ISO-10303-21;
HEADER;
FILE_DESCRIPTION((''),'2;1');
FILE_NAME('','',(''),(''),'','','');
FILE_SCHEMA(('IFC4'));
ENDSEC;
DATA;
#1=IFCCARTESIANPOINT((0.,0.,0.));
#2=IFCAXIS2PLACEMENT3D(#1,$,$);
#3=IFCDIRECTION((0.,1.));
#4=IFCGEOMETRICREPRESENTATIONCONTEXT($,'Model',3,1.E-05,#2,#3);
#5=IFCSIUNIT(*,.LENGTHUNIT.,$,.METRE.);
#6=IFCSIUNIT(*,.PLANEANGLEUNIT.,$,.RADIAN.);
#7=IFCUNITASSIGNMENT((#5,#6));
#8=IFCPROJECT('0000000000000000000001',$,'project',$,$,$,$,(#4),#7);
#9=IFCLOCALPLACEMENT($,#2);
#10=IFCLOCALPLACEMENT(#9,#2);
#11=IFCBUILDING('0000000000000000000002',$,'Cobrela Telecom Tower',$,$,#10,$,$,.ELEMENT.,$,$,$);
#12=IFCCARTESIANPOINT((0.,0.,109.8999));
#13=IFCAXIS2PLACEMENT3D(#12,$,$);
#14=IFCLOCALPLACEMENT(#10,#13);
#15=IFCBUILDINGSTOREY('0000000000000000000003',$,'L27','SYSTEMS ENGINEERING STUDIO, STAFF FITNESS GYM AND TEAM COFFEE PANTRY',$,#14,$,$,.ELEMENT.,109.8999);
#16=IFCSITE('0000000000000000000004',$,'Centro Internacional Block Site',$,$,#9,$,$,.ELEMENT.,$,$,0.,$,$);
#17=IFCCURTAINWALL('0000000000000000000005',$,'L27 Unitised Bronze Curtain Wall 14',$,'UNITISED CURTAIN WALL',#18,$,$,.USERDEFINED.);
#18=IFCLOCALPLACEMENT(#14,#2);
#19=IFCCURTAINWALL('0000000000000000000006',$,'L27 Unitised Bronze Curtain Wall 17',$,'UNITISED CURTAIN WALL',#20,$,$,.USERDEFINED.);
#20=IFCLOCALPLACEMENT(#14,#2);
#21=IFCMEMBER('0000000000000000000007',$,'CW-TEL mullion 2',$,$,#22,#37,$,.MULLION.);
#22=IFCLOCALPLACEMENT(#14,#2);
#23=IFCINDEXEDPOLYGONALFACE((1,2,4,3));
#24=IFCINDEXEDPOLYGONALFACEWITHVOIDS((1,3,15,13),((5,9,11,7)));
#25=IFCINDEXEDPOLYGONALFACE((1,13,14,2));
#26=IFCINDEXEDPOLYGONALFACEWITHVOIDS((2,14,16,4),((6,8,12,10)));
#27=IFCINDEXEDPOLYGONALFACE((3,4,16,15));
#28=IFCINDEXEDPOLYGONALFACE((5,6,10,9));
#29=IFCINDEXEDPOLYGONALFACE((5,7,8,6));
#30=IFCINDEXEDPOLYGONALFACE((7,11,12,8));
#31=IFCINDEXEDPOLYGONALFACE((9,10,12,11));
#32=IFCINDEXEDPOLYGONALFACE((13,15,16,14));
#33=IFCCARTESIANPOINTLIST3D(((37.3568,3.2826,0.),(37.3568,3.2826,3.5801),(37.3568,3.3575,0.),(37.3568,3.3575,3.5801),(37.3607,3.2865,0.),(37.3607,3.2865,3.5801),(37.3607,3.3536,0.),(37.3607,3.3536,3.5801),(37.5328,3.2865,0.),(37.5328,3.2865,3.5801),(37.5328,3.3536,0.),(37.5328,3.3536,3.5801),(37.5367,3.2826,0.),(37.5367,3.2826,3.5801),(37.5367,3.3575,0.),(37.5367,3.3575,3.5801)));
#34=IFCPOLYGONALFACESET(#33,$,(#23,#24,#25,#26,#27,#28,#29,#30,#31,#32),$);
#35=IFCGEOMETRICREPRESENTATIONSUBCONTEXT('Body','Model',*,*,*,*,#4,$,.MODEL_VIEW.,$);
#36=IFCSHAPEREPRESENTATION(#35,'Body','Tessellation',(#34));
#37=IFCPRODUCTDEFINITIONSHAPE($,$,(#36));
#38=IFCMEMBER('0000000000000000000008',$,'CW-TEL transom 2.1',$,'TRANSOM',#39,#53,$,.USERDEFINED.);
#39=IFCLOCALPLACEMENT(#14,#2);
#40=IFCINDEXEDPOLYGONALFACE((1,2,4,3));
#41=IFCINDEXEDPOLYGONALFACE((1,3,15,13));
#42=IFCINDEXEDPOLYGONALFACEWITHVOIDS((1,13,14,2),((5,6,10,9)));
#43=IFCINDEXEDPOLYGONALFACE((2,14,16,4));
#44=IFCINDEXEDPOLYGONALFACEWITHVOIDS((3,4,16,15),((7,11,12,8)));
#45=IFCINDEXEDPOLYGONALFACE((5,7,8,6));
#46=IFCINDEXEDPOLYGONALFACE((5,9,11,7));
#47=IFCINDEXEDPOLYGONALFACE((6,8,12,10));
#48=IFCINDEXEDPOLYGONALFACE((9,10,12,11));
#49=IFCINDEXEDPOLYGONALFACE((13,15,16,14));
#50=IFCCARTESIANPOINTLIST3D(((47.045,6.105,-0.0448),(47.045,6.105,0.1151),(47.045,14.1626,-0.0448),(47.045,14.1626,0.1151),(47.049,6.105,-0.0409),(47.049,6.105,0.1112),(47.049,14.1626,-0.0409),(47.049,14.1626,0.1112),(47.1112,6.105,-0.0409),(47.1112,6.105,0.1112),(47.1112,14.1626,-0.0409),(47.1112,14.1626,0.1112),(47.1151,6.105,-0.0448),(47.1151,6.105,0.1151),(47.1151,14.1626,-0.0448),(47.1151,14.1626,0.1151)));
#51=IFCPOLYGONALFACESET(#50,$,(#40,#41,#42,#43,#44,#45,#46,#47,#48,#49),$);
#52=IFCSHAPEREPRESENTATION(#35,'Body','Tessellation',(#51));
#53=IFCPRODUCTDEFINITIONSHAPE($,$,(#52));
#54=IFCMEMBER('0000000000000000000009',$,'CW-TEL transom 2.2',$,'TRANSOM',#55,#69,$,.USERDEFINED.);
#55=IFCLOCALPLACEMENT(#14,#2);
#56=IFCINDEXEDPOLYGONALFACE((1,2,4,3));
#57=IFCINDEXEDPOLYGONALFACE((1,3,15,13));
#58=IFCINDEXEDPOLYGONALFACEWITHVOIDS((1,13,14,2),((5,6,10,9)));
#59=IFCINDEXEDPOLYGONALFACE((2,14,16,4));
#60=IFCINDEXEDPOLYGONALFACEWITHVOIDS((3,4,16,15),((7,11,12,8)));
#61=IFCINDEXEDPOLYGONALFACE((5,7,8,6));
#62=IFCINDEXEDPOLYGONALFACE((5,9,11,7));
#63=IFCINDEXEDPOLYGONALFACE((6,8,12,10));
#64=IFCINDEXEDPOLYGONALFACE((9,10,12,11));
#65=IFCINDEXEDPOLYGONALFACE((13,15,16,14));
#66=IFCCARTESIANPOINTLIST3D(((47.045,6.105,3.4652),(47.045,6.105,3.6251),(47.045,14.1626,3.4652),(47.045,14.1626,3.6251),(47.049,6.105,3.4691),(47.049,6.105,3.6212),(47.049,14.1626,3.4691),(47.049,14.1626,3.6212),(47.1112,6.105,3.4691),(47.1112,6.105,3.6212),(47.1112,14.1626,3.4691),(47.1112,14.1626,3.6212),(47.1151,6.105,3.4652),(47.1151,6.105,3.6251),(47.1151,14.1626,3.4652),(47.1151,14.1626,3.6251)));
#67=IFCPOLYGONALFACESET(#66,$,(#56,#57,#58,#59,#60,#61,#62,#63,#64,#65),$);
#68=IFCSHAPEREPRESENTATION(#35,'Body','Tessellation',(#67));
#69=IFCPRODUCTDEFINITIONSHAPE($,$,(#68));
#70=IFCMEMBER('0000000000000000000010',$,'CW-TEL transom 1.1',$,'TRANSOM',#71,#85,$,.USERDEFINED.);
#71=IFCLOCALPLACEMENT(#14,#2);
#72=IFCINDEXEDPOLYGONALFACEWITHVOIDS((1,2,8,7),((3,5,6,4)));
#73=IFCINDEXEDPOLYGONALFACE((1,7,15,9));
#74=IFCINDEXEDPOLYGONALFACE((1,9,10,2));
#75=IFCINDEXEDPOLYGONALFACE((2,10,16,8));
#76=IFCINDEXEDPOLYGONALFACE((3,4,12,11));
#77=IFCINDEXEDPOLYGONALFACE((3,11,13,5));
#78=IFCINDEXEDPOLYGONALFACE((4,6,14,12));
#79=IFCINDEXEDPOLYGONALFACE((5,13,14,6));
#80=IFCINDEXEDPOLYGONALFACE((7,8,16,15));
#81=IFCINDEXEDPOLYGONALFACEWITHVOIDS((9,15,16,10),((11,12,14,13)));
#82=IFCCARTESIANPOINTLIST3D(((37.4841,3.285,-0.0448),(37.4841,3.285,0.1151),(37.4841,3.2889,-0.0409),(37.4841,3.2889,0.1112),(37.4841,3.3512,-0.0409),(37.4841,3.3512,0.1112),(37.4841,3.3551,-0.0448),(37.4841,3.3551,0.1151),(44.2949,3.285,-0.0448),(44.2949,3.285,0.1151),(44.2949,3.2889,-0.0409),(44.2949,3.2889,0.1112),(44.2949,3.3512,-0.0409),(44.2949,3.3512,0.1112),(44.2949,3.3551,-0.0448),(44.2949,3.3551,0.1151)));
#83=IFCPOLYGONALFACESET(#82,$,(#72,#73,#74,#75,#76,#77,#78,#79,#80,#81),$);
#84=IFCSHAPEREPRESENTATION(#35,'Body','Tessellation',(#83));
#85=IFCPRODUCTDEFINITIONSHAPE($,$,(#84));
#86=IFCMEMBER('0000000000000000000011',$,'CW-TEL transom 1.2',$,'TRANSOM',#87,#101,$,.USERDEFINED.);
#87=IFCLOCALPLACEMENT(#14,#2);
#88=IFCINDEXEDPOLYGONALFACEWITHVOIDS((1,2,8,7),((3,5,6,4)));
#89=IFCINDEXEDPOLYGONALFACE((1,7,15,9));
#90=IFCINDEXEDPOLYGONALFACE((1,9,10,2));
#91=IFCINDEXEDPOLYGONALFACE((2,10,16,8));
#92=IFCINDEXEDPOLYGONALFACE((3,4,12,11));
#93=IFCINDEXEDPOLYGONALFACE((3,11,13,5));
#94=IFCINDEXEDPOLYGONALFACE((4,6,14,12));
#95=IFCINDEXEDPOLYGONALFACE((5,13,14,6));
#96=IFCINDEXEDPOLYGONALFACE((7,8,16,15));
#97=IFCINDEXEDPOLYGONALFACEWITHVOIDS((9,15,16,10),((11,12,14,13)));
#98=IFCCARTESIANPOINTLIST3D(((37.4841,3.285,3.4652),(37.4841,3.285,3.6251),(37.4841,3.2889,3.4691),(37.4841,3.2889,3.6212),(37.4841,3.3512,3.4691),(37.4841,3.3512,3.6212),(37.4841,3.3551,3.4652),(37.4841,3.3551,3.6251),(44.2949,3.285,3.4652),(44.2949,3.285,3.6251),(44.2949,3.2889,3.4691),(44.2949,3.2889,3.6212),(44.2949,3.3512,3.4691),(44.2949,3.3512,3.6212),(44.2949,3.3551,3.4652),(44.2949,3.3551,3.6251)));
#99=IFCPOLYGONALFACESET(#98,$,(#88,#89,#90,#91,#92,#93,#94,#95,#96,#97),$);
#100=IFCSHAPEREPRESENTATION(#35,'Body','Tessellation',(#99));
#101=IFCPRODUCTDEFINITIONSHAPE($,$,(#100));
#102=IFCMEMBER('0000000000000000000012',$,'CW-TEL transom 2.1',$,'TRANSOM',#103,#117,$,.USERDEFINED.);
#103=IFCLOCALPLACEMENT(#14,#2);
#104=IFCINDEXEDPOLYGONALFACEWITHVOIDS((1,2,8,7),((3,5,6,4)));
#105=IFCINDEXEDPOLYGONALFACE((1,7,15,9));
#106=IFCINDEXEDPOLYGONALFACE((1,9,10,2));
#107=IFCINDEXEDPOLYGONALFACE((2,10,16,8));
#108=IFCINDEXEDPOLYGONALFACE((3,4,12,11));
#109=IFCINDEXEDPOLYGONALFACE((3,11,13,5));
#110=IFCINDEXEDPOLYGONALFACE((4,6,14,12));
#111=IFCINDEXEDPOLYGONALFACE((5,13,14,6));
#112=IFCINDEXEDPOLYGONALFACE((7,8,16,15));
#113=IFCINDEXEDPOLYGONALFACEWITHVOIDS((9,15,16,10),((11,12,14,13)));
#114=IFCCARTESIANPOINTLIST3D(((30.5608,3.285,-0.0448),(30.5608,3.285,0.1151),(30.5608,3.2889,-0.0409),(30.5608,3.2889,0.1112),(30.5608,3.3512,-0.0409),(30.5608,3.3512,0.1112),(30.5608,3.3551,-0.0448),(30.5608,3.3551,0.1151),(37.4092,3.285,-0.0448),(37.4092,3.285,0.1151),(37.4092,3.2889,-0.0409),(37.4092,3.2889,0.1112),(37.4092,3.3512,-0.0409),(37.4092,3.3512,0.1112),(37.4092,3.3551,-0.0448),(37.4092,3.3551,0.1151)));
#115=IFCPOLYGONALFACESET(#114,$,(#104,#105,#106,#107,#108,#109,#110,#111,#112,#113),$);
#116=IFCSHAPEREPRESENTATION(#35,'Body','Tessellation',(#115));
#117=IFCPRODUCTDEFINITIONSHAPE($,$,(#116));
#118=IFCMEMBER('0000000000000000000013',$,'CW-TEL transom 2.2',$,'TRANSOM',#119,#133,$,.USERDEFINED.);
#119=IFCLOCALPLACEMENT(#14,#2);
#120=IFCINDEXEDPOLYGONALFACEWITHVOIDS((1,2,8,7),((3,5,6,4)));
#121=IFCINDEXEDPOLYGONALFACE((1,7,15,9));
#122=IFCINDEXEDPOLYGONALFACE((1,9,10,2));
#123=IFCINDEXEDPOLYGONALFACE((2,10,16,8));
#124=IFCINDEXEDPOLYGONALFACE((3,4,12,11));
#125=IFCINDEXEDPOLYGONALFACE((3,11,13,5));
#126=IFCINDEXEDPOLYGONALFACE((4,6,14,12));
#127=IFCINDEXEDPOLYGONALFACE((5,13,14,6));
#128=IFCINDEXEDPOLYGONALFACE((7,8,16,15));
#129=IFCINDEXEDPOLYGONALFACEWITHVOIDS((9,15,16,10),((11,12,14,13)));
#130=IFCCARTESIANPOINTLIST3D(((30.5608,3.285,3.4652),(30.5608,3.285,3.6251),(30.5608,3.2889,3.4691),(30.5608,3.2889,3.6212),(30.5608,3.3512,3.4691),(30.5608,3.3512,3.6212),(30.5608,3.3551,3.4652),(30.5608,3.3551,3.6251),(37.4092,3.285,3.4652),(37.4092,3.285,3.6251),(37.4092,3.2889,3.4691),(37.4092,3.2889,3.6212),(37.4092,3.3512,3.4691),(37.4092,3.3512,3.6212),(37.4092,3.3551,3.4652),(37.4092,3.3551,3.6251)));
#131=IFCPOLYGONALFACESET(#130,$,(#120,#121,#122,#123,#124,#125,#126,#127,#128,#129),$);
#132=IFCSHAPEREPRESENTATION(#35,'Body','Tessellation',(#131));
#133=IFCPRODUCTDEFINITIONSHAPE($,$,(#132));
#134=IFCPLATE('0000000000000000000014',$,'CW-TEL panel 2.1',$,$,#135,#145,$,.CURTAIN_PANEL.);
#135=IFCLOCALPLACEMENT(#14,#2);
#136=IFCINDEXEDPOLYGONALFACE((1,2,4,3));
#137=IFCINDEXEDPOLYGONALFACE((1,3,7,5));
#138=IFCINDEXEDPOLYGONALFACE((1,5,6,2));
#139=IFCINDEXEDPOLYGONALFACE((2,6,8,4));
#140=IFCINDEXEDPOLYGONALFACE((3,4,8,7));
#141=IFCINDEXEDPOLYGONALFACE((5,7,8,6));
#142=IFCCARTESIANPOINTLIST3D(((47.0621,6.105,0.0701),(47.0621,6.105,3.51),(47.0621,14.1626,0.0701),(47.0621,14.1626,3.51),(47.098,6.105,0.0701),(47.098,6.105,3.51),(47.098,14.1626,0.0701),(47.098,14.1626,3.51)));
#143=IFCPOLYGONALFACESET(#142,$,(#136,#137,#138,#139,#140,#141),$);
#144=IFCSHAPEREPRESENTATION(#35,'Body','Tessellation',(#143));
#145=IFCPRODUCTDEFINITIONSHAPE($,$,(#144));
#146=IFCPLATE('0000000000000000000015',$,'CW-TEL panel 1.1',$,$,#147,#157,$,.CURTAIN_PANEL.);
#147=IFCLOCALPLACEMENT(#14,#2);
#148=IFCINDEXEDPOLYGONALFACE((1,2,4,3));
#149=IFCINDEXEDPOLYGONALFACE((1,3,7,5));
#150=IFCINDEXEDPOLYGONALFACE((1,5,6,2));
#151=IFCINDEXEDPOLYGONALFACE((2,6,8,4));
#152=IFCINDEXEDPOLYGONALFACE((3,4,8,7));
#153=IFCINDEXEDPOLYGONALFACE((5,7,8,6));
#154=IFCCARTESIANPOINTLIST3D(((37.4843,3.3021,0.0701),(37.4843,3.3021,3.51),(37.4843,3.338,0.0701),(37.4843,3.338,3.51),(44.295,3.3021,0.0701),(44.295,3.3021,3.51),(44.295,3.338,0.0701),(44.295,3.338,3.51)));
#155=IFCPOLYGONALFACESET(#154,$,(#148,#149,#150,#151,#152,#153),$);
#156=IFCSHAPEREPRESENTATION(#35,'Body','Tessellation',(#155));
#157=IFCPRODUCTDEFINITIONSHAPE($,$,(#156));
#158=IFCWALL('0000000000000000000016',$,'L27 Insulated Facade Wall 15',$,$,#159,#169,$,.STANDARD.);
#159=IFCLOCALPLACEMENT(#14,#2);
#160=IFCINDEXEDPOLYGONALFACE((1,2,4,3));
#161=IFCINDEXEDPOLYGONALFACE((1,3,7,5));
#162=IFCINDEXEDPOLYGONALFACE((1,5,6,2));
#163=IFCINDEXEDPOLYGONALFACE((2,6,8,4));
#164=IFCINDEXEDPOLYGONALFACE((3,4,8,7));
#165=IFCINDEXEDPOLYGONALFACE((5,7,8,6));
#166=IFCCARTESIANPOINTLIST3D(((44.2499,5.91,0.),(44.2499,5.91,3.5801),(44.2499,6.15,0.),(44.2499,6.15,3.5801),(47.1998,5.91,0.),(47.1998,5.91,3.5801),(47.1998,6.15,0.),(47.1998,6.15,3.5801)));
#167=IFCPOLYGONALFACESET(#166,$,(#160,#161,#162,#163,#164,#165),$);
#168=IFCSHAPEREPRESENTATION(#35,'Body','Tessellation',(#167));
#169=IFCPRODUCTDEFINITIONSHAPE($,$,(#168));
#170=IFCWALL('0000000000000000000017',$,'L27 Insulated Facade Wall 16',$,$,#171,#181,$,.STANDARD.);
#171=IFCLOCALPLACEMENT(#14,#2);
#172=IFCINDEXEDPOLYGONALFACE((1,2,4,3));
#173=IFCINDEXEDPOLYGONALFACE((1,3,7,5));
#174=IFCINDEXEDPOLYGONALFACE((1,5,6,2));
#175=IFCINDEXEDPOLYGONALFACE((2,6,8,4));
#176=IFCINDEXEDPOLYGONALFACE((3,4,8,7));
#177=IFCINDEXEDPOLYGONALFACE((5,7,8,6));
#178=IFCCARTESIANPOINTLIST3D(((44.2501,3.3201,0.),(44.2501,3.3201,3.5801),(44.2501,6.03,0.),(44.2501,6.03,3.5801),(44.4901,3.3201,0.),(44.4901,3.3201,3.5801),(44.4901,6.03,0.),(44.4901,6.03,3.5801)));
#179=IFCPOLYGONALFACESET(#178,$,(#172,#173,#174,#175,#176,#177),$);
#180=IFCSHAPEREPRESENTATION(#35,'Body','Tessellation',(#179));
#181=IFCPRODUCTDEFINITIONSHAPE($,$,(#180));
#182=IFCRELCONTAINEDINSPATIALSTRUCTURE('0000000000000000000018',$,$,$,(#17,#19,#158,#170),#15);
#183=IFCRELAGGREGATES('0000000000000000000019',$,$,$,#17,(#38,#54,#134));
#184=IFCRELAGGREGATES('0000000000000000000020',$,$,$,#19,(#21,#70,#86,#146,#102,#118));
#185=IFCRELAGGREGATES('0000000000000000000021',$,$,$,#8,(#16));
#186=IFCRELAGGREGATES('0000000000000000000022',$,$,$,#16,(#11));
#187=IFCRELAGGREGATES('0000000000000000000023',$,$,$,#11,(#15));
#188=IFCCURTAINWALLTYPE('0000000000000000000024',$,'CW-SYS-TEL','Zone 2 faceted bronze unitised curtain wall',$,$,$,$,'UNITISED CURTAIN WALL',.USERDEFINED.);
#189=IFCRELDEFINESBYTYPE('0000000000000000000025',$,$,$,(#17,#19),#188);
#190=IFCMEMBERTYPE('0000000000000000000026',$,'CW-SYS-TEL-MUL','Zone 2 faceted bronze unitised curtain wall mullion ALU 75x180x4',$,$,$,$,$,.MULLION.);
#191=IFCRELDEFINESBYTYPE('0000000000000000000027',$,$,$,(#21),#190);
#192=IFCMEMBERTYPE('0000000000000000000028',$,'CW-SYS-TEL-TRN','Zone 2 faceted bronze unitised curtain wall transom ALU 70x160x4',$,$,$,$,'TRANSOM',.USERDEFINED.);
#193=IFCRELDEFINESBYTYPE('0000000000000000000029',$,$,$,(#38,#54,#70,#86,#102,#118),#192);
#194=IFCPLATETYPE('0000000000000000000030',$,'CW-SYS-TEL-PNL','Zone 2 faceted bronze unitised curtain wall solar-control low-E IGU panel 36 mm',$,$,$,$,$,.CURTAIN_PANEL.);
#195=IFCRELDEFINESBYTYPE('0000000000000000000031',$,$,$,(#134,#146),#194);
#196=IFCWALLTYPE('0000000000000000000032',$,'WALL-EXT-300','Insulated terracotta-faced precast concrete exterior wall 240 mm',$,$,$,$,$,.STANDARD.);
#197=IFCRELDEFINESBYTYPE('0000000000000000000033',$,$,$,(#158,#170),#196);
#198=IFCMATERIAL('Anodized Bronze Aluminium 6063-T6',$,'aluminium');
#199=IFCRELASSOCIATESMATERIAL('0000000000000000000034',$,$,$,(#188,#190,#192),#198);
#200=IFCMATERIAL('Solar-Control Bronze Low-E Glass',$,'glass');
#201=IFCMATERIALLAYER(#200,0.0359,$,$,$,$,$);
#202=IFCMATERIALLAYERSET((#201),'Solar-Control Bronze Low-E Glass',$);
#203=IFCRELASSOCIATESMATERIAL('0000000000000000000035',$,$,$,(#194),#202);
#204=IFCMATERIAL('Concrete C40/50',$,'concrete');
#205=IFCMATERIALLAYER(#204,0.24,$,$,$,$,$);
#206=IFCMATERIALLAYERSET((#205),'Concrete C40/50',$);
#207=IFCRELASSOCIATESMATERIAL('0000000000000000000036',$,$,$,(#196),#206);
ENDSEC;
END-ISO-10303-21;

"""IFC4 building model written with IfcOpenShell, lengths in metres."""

from ifc_helpers import new_model, si_unit, direction, frame, frame_2d, origin, origin_2d, place, context, subcontext, project, spatial, rectangle, hollow_rectangle, extrude, material, layer, layer_set, material_profile, profile_set, type_object, element, aggregate, save


model = new_model("IFC4")

# Units and contexts
model_context = context("Model", 3, precision=1e-05, world=origin(), true_north=direction((0.0, 1.0)))
body_context = subcontext(model_context, "Body", "Model", "MODEL_VIEW")
ifc_project = project(units=[si_unit("LENGTHUNIT", "METRE"), si_unit("PLANEANGLEUNIT", "RADIAN")], contexts=[model_context])

# Site, building, storey
site_placement = place(None, origin())
site = spatial("IfcSite", under=ifc_project, at=site_placement, Name="Centro Internacional Block Site", CompositionType="ELEMENT", RefElevation=0.0)
building_placement = place(site_placement, origin())
building = spatial("IfcBuilding", under=site, at=building_placement, Name="Cobrela Telecom Tower", CompositionType="ELEMENT")
storey_placement = place(building_placement, frame((0.0, 0.0, 109.8999)))
storey = spatial("IfcBuildingStorey", under=building, at=storey_placement, Name="L27", Description="SYSTEMS ENGINEERING STUDIO, STAFF FITNESS GYM AND TEAM COFFEE PANTRY", CompositionType="ELEMENT", Elevation=109.8999)

# Curtain walls, member
ifc_material_1 = material(Name="Anodized Bronze Aluminium 6063-T6", Category="aluminium")
curtain_wall_type = type_object("IfcCurtainWallType", Name="CW-SYS-TEL", Description="Zone 2 faceted bronze unitised curtain wall", ElementType="UNITISED CURTAIN WALL", PredefinedType="USERDEFINED", material=ifc_material_1)
curtain_wall_1_placement = place(storey_placement, origin())
curtain_wall_1 = element("IfcCurtainWall", 1, at=curtain_wall_1_placement, inside=storey, type_object=curtain_wall_type, Name="L27 Unitised Bronze Curtain Wall 14", ObjectType="UNITISED CURTAIN WALL", PredefinedType="USERDEFINED")
ifc_material_profile_1 = material_profile(ifc_material_1, hollow_rectangle(XDim=0.075, YDim=0.1799, WallThickness=0.0039, at=origin_2d()), Name="ALU 75x180x4")
ifc_profile_set_1 = profile_set([ifc_material_profile_1], Name="Anodized Bronze Aluminium 6063-T6")
member_type_1 = type_object("IfcMemberType", Name="CW-SYS-TEL-MUL", Description="Zone 2 faceted bronze unitised curtain wall mullion ALU 75x180x4", PredefinedType="MULLION", material=ifc_profile_set_1)
curtain_wall_2_placement = place(storey_placement, origin())
curtain_wall_2 = element("IfcCurtainWall", 2, at=curtain_wall_2_placement, inside=storey, type_object=curtain_wall_type, Name="L27 Unitised Bronze Curtain Wall 17", ObjectType="UNITISED CURTAIN WALL", PredefinedType="USERDEFINED")
member_1_placement = place(storey_placement, frame((37.4468, 3.3201, 0.0), z_axis=(0.0, 0.0, 1.0), x_axis=(0.0, -1.0, 0.0)))
member_1 = element("IfcMember", 3, at=member_1_placement, type_object=member_type_1, Name="CW-TEL mullion 2", PredefinedType="MULLION", context=body_context, shape_type="SweptSolid", body=[
    extrude(hollow_rectangle(XDim=0.075, YDim=0.1799, WallThickness=0.0039, at=origin_2d()), origin(), (0.0, 0.0, 1.0), 3.5801),
])

# Members
ifc_material_profile_2 = material_profile(ifc_material_1, hollow_rectangle(XDim=0.0701, YDim=0.1599, WallThickness=0.0039, at=origin_2d()), Name="ALU 70x160x4")
ifc_profile_set_2 = profile_set([ifc_material_profile_2], Name="Anodized Bronze Aluminium 6063-T6")
member_type_2 = type_object("IfcMemberType", Name="CW-SYS-TEL-TRN", Description="Zone 2 faceted bronze unitised curtain wall transom ALU 70x160x4", ElementType="TRANSOM", PredefinedType="USERDEFINED", material=ifc_profile_set_2)
member_2_placement = place(storey_placement, frame((47.0801, 14.1626, 0.0352), z_axis=(0.0, -1.0, 0.0), x_axis=(1.0, 0.0, 0.0)))
member_2 = element("IfcMember", 4, at=member_2_placement, type_object=member_type_2, Name="CW-TEL transom 2.1", ObjectType="TRANSOM", PredefinedType="USERDEFINED", context=body_context, shape_type="SweptSolid", body=[
    extrude(hollow_rectangle(XDim=0.0701, YDim=0.1599, WallThickness=0.0039, at=origin_2d()), origin(), (0.0, 0.0, 1.0), 8.0576),
])
member_3_placement = place(storey_placement, frame((47.0801, 14.1626, 3.5452), z_axis=(0.0, -1.0, 0.0), x_axis=(1.0, 0.0, 0.0)))
member_3 = element("IfcMember", 5, at=member_3_placement, type_object=member_type_2, Name="CW-TEL transom 2.2", ObjectType="TRANSOM", PredefinedType="USERDEFINED", context=body_context, shape_type="SweptSolid", body=[
    extrude(hollow_rectangle(XDim=0.0701, YDim=0.1599, WallThickness=0.0039, at=origin_2d()), origin(), (0.0, 0.0, 1.0), 8.0576),
])
member_4_placement = place(storey_placement, frame((44.2949, 3.3201, 0.0352), z_axis=(-1.0, 0.0, 0.0), x_axis=(0.0, -1.0, 0.0)))
member_4 = element("IfcMember", 6, at=member_4_placement, type_object=member_type_2, Name="CW-TEL transom 1.1", ObjectType="TRANSOM", PredefinedType="USERDEFINED", context=body_context, shape_type="SweptSolid", body=[
    extrude(hollow_rectangle(XDim=0.0701, YDim=0.1599, WallThickness=0.0039, at=origin_2d()), origin(), (0.0, 0.0, 1.0), 6.8108),
])
member_5_placement = place(storey_placement, frame((44.2949, 3.3201, 3.5452), z_axis=(-1.0, 0.0, 0.0), x_axis=(0.0, -1.0, 0.0)))
member_5 = element("IfcMember", 7, at=member_5_placement, type_object=member_type_2, Name="CW-TEL transom 1.2", ObjectType="TRANSOM", PredefinedType="USERDEFINED", context=body_context, shape_type="SweptSolid", body=[
    extrude(hollow_rectangle(XDim=0.0701, YDim=0.1599, WallThickness=0.0039, at=origin_2d()), origin(), (0.0, 0.0, 1.0), 6.8108),
])
member_6_placement = place(storey_placement, frame((37.4092, 3.3201, 0.0352), z_axis=(-1.0, 0.0, 0.0), x_axis=(0.0, -1.0, 0.0)))
member_6 = element("IfcMember", 8, at=member_6_placement, type_object=member_type_2, Name="CW-TEL transom 2.1", ObjectType="TRANSOM", PredefinedType="USERDEFINED", context=body_context, shape_type="SweptSolid", body=[
    extrude(hollow_rectangle(XDim=0.0701, YDim=0.1599, WallThickness=0.0039, at=origin_2d()), origin(), (0.0, 0.0, 1.0), 6.8484),
])
member_7_placement = place(storey_placement, frame((37.4092, 3.3201, 3.5452), z_axis=(-1.0, 0.0, 0.0), x_axis=(0.0, -1.0, 0.0)))
member_7 = element("IfcMember", 9, at=member_7_placement, type_object=member_type_2, Name="CW-TEL transom 2.2", ObjectType="TRANSOM", PredefinedType="USERDEFINED", context=body_context, shape_type="SweptSolid", body=[
    extrude(hollow_rectangle(XDim=0.0701, YDim=0.1599, WallThickness=0.0039, at=origin_2d()), origin(), (0.0, 0.0, 1.0), 6.8484),
])

# Plates
ifc_material_2 = material(Name="Solar-Control Bronze Low-E Glass", Category="glass")
ifc_layer_1 = layer(ifc_material_2, 0.0359)
ifc_layer_set_1 = layer_set([ifc_layer_1], Name="Solar-Control Bronze Low-E Glass")
plate_type = type_object("IfcPlateType", Name="CW-SYS-TEL-PNL", Description="Zone 2 faceted bronze unitised curtain wall solar-control low-E IGU panel 36 mm", PredefinedType="CURTAIN_PANEL", material=ifc_layer_set_1)
plate_1_placement = place(storey_placement, frame((47.0801, 10.1338, 0.0701), z_axis=(0.0, 0.0, 1.0), x_axis=(0.0, -1.0, 0.0)))
plate_1 = element("IfcPlate", 10, at=plate_1_placement, type_object=plate_type, Name="CW-TEL panel 2.1", PredefinedType="CURTAIN_PANEL", context=body_context, shape_type="SweptSolid", body=[
    extrude(rectangle(XDim=8.0576, YDim=0.0359, at=origin_2d()), origin(), (0.0, 0.0, 1.0), 3.4399),
])
aggregate(curtain_wall_1, [member_2, member_3, plate_1])
plate_2_placement = place(storey_placement, frame((40.8896, 3.3201, 0.0701), z_axis=(0.0, 0.0, 1.0), x_axis=(-1.0, 0.0, 0.0)))
plate_2 = element("IfcPlate", 11, at=plate_2_placement, type_object=plate_type, Name="CW-TEL panel 1.1", PredefinedType="CURTAIN_PANEL", context=body_context, shape_type="SweptSolid", body=[
    extrude(rectangle(XDim=6.8108, YDim=0.0359, at=origin_2d()), origin(), (0.0, 0.0, 1.0), 3.4399),
])
aggregate(curtain_wall_2, [member_1, member_4, member_5, plate_2, member_6, member_7])

# Walls
ifc_material_3 = material(Name="Concrete C40/50", Category="concrete")
ifc_layer_2 = layer(ifc_material_3, 0.24)
ifc_layer_set_2 = layer_set([ifc_layer_2], Name="Concrete C40/50")
wall_type_1 = type_object("IfcWallType", Name="WALL-EXT-300", Description="Insulated terracotta-faced precast concrete exterior wall 240 mm", PredefinedType="STANDARD", material=ifc_layer_set_2)
wall_1_placement = place(storey_placement, frame((47.2, 6.03, 0.0), z_axis=(0.0, 0.0, 1.0), x_axis=(-1.0, 0.0, 0.0)))
element("IfcWall", 12, at=wall_1_placement, inside=storey, type_object=wall_type_1, Name="L27 Insulated Facade Wall 15", PredefinedType="STANDARD", context=body_context, shape_type="SweptSolid", body=[
    extrude(rectangle(XDim=2.95, YDim=0.24, at=frame_2d((1.4751, 0.0))), origin(), (0.0, 0.0, 1.0), 3.5801),
])
wall_2_placement = place(storey_placement, frame((44.3701, 6.03, 0.0), z_axis=(0.0, 0.0, 1.0), x_axis=(0.0, -1.0, 0.0)))
element("IfcWall", 13, at=wall_2_placement, inside=storey, type_object=wall_type_1, Name="L27 Insulated Facade Wall 16", PredefinedType="STANDARD", context=body_context, shape_type="SweptSolid", body=[
    extrude(rectangle(XDim=2.71, YDim=0.24, at=frame_2d((1.355, 0.0))), origin(), (0.0, 0.0, 1.0), 3.5801),
])

save(model, "model.ifc")
